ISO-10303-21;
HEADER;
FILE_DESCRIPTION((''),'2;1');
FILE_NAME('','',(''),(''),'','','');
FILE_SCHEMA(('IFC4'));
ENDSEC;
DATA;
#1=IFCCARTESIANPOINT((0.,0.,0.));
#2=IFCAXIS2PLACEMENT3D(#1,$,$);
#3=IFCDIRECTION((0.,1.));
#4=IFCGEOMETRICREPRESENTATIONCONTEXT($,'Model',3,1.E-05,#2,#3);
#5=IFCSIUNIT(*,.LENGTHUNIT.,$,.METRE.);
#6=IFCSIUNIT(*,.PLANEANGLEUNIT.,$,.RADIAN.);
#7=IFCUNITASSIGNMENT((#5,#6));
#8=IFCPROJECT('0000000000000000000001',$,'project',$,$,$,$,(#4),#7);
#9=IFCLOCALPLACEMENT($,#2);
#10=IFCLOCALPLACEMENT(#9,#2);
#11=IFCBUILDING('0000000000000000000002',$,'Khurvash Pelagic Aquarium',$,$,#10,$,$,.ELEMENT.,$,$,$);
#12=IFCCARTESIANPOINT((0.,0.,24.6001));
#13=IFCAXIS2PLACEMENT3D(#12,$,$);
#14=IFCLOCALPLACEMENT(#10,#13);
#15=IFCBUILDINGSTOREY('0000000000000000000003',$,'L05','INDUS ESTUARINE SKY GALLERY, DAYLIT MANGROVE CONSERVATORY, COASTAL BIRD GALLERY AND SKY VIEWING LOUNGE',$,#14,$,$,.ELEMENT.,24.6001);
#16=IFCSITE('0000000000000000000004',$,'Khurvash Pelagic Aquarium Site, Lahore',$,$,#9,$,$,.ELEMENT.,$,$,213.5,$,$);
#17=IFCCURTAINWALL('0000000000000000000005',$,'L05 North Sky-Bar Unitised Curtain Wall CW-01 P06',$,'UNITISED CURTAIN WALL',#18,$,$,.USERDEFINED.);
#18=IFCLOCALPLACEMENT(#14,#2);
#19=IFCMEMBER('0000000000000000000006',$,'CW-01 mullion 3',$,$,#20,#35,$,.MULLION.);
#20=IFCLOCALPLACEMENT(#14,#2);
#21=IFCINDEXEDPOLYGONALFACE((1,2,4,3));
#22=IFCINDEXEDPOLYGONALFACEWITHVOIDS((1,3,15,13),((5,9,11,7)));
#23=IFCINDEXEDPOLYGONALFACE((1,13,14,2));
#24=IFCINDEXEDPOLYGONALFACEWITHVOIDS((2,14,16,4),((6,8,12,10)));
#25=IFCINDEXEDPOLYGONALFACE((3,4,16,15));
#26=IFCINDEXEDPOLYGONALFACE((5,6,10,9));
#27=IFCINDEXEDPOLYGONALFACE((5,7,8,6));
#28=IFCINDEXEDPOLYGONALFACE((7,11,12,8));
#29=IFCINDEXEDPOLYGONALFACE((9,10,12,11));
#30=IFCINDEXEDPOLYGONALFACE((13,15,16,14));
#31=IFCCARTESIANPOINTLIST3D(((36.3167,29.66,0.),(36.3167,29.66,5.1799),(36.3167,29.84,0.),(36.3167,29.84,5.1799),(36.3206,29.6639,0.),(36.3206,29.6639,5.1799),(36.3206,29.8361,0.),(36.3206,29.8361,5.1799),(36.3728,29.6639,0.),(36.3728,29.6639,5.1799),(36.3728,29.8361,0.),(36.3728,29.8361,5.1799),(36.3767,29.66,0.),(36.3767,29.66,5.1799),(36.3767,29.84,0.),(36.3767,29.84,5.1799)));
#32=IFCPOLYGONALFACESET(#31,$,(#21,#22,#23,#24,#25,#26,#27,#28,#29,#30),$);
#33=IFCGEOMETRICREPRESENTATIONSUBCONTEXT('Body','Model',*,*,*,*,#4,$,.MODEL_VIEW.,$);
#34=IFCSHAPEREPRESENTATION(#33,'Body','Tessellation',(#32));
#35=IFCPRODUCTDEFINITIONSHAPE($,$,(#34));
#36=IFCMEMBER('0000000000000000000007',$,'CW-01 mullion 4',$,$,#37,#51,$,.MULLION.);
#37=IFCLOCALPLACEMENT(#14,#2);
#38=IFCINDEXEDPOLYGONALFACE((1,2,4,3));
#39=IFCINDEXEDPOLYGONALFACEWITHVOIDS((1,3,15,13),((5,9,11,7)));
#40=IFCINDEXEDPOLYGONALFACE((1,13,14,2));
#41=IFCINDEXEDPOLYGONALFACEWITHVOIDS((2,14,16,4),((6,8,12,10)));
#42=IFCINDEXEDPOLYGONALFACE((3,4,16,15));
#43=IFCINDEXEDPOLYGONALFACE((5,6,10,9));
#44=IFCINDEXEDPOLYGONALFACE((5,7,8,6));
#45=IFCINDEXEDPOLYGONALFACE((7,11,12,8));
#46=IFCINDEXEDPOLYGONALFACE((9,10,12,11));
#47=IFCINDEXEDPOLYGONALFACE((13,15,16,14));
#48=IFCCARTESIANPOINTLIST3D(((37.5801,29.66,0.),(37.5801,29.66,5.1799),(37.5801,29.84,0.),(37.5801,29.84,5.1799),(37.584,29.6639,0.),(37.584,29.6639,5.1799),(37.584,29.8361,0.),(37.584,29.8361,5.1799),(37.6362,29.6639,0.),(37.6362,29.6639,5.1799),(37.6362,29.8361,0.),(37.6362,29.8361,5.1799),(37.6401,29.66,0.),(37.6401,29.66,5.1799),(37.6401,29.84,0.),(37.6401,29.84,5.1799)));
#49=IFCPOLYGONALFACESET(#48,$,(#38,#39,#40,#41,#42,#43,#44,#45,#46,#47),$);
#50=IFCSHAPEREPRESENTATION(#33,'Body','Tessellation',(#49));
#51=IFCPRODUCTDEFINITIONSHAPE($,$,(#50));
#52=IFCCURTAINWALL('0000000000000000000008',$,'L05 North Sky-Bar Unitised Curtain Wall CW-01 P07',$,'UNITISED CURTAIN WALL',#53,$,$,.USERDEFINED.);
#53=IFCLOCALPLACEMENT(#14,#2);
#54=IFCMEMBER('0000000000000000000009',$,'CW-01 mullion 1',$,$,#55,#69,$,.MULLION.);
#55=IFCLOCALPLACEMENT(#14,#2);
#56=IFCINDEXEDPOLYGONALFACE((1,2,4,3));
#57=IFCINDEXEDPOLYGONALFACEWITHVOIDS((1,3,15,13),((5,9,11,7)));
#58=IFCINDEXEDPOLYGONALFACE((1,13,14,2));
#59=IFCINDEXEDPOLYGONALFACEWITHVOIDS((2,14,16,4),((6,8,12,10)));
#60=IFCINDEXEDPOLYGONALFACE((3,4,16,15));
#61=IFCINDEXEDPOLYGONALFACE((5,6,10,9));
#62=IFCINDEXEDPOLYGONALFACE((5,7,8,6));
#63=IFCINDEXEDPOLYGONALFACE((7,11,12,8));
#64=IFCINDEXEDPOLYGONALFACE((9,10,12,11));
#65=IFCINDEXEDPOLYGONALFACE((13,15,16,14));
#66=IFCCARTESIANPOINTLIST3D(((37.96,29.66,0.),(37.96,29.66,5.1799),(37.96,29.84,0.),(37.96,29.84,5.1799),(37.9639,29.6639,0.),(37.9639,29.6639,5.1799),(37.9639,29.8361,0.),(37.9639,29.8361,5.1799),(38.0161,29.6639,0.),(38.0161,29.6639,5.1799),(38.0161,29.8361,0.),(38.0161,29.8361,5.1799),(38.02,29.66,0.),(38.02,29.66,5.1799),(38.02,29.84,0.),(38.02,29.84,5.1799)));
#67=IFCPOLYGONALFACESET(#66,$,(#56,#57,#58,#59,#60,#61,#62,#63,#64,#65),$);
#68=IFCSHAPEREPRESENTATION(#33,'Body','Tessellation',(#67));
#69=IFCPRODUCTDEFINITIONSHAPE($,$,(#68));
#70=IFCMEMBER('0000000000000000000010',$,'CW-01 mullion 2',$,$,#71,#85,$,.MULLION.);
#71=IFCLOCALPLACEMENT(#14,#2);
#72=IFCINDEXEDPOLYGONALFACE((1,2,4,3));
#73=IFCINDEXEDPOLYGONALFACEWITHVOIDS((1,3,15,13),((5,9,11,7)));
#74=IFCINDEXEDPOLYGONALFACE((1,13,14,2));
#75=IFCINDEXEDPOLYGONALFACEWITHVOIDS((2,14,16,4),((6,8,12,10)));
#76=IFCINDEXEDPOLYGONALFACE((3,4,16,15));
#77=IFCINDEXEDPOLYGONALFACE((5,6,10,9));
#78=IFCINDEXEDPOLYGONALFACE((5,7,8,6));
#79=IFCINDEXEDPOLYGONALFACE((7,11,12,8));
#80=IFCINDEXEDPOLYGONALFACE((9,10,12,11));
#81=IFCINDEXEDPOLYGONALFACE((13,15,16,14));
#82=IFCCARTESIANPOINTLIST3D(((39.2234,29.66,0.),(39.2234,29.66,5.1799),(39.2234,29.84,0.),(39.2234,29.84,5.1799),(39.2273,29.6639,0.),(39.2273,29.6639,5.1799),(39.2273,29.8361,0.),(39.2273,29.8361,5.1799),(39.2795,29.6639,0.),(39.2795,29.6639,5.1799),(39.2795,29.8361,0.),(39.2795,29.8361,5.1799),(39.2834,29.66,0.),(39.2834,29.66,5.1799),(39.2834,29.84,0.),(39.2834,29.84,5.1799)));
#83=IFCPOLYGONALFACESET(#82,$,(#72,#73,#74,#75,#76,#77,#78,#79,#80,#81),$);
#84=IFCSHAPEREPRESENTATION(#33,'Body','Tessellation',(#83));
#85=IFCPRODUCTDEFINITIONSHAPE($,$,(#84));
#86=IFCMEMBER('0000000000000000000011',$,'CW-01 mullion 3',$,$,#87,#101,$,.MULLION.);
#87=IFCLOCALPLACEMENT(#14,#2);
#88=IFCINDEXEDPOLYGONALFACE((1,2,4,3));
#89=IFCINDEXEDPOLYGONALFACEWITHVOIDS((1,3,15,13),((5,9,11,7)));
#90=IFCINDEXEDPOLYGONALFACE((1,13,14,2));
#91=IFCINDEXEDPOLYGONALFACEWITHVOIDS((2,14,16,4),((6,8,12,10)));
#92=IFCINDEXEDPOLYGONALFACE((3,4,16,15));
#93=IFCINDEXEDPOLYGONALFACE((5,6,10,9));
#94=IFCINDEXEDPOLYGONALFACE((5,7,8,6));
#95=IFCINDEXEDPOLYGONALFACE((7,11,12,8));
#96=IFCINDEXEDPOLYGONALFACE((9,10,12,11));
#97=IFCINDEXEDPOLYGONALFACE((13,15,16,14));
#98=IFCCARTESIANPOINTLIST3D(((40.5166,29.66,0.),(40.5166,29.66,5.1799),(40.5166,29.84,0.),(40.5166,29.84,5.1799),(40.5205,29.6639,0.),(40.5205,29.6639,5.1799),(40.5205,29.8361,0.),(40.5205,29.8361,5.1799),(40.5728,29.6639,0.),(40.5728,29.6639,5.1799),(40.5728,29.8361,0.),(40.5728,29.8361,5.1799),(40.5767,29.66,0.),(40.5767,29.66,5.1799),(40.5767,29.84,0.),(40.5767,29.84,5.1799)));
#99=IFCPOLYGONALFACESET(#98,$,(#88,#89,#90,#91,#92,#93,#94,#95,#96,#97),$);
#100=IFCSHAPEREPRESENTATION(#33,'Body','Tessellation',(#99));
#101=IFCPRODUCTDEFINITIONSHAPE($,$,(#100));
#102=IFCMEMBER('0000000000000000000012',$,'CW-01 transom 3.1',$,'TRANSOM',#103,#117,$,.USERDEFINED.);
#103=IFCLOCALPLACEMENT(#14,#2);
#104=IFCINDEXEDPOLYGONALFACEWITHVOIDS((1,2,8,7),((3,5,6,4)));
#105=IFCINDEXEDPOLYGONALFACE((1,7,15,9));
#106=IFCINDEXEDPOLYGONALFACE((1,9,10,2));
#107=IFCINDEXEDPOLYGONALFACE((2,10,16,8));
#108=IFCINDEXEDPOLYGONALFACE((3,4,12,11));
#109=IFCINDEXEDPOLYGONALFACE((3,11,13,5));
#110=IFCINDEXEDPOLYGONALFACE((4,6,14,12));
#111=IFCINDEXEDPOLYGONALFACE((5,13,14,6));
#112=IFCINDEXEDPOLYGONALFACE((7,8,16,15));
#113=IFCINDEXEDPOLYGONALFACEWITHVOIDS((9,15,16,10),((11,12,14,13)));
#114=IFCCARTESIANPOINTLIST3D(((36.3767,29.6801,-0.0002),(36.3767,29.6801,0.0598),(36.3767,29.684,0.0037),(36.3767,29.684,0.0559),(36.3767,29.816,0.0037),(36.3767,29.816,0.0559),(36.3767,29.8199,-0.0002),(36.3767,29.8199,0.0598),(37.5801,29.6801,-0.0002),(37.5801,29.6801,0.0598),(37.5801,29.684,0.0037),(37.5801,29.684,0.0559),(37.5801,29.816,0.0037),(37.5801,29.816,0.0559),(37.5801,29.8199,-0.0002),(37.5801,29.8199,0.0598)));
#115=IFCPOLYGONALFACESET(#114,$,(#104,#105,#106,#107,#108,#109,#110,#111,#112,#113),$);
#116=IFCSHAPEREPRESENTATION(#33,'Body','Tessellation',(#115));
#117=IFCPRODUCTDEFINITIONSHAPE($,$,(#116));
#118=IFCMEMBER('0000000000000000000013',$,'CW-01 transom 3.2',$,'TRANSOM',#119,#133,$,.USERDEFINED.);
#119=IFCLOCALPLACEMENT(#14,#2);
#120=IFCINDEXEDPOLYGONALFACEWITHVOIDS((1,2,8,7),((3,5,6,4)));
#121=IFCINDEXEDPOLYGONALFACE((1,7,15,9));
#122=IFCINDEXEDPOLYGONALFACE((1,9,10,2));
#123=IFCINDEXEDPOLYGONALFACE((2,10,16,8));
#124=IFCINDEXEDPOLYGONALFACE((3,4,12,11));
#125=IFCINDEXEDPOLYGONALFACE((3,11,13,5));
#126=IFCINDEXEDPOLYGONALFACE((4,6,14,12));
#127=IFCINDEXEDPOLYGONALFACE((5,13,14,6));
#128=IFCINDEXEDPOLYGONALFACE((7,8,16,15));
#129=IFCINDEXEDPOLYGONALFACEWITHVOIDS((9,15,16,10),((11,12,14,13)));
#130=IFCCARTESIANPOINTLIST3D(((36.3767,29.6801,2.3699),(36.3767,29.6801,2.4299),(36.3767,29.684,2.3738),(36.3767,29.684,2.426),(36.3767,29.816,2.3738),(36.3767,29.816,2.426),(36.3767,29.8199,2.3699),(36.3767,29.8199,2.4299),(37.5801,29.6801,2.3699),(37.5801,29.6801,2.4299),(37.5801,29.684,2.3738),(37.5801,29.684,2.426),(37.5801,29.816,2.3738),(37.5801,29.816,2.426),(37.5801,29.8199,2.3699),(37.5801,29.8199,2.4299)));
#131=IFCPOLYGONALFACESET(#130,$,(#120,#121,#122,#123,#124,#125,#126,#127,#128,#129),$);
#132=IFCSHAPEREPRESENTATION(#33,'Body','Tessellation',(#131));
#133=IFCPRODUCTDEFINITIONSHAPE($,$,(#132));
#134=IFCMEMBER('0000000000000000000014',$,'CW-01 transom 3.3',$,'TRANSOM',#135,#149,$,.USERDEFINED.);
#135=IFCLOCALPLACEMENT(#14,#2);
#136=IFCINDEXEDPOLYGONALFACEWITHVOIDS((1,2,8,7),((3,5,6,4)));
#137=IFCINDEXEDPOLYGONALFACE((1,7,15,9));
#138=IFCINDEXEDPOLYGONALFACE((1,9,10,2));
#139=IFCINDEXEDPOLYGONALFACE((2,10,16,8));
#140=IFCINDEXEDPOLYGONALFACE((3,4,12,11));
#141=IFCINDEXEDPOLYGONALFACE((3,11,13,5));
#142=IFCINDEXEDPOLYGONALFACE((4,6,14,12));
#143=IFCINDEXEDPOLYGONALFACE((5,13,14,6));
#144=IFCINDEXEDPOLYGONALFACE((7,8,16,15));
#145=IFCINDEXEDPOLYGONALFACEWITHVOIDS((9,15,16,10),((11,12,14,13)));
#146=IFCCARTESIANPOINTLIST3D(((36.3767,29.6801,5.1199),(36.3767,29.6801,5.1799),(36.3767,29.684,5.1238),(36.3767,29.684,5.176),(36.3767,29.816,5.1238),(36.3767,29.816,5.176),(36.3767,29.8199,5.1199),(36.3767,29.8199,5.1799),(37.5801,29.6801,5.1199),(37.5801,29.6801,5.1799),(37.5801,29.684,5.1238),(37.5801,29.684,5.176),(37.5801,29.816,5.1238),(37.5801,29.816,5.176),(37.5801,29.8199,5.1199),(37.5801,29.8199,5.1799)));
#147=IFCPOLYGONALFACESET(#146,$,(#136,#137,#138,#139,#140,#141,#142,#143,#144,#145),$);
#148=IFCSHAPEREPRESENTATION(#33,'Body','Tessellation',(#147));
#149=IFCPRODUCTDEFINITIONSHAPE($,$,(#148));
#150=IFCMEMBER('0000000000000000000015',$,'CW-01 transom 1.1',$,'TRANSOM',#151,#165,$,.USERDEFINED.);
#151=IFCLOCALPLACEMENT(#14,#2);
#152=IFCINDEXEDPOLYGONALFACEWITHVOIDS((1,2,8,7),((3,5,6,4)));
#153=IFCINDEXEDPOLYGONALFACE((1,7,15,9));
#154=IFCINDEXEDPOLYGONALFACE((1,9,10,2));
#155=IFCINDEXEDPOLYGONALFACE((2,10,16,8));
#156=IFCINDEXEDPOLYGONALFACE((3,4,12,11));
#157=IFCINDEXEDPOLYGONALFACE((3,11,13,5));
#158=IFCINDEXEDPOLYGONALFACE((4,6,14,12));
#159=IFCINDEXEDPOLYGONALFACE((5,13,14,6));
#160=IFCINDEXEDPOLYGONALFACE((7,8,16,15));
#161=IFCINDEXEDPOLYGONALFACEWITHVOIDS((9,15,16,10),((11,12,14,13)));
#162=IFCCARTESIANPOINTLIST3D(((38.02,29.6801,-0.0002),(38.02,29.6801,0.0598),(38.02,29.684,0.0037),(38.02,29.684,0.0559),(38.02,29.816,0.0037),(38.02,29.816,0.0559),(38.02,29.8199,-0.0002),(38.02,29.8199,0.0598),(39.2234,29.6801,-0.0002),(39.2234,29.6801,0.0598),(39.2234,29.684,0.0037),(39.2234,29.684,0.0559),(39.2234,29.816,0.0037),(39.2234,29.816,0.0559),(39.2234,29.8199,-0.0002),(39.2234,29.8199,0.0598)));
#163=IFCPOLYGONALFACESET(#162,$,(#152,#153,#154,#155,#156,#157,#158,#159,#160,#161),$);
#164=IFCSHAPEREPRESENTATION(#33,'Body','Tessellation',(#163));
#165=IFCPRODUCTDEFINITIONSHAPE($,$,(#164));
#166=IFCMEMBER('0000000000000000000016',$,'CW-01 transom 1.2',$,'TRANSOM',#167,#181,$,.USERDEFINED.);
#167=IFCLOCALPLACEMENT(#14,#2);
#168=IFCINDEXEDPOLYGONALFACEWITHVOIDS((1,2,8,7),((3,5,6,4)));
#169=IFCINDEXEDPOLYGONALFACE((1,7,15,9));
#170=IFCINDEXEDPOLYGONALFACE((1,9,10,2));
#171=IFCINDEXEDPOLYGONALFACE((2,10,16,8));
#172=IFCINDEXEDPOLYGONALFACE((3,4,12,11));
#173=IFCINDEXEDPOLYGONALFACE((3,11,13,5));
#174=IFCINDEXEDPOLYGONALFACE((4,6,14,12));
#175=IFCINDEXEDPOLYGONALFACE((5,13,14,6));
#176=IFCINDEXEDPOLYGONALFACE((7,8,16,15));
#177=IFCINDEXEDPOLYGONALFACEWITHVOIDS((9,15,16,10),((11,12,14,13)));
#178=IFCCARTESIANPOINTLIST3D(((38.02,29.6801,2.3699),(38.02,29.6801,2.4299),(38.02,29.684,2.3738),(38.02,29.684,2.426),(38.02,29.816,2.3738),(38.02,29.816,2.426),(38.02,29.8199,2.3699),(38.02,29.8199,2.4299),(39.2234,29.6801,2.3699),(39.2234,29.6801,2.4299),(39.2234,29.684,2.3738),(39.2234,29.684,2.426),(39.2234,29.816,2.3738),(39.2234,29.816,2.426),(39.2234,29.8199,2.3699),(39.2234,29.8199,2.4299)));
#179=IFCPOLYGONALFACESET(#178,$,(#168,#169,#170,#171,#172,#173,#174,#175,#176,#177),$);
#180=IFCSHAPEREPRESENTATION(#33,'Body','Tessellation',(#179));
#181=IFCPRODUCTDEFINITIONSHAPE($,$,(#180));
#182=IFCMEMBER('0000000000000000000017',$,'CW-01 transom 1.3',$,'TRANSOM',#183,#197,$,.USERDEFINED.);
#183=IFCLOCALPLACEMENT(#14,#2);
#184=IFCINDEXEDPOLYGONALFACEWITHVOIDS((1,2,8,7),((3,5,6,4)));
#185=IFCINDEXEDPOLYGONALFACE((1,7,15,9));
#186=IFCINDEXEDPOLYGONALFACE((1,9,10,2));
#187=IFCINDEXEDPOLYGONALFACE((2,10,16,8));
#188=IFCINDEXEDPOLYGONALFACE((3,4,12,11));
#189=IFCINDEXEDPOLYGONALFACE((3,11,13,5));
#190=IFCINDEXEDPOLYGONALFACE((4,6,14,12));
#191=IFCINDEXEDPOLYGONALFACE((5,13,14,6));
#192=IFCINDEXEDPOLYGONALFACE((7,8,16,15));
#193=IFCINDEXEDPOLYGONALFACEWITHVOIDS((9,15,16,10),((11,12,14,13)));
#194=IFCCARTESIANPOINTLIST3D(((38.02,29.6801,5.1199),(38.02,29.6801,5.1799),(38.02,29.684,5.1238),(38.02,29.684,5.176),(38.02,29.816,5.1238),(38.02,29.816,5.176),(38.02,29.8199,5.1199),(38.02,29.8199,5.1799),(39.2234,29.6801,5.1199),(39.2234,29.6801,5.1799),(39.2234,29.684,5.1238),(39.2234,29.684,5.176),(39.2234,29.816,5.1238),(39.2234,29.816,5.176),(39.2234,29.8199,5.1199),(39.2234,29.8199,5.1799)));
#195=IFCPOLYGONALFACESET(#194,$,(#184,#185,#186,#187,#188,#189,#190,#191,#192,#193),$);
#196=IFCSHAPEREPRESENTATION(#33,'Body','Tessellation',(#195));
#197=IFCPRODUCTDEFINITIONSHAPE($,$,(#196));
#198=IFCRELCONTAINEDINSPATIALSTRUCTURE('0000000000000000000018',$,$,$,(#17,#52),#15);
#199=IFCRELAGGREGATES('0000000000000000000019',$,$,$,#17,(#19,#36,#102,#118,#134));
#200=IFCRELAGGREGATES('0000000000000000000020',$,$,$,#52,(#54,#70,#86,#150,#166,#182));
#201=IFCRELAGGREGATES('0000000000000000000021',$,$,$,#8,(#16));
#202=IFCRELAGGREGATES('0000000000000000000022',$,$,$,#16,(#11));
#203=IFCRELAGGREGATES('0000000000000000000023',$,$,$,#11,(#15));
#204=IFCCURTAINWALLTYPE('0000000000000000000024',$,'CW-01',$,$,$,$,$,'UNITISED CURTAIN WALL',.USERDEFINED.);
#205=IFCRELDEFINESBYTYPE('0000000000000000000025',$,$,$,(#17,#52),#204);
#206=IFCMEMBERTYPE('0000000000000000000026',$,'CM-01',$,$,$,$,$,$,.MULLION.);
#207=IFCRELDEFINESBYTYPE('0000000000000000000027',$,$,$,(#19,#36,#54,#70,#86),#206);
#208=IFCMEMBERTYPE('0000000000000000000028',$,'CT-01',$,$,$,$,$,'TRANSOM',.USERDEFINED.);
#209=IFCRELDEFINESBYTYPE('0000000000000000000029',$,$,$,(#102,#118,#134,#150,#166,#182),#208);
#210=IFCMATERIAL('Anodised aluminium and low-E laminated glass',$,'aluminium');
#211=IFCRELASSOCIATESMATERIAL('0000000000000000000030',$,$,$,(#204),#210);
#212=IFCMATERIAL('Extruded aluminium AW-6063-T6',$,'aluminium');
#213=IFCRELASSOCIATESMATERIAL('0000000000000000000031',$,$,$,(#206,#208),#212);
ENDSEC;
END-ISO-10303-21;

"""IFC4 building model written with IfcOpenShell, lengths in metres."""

from ifc_helpers import new_model, si_unit, direction, frame, origin, origin_2d, place, context, subcontext, project, spatial, hollow_rectangle, extrude, material, material_profile, profile_set, type_object, element, aggregate, save


model = new_model("IFC4")

# Units and contexts
model_context = context("Model", 3, precision=1e-05, world=origin(), true_north=direction((0.0, 1.0)))
body_context = subcontext(model_context, "Body", "Model", "MODEL_VIEW")
ifc_project = project(units=[si_unit("LENGTHUNIT", "METRE"), si_unit("PLANEANGLEUNIT", "RADIAN")], contexts=[model_context])

# Site, building, storey
site_placement = place(None, origin())
site = spatial("IfcSite", under=ifc_project, at=site_placement, Name="Khurvash Pelagic Aquarium Site, Lahore", CompositionType="ELEMENT", RefElevation=213.5)
building_placement = place(site_placement, origin())
building = spatial("IfcBuilding", under=site, at=building_placement, Name="Khurvash Pelagic Aquarium", CompositionType="ELEMENT")
storey_placement = place(building_placement, frame((0.0, 0.0, 24.6001)))
storey = spatial("IfcBuildingStorey", under=building, at=storey_placement, Name="L05", Description="INDUS ESTUARINE SKY GALLERY, DAYLIT MANGROVE CONSERVATORY, COASTAL BIRD GALLERY AND SKY VIEWING LOUNGE", CompositionType="ELEMENT", Elevation=24.6001)

# Curtain walls, members
ifc_material_1 = material(Name="Anodised aluminium and low-E laminated glass", Category="aluminium")
curtain_wall_type = type_object("IfcCurtainWallType", Name="CW-01", ElementType="UNITISED CURTAIN WALL", PredefinedType="USERDEFINED", material=ifc_material_1)
curtain_wall_1_placement = place(storey_placement, origin())
curtain_wall_1 = element("IfcCurtainWall", 1, at=curtain_wall_1_placement, inside=storey, type_object=curtain_wall_type, Name="L05 North Sky-Bar Unitised Curtain Wall CW-01 P06", ObjectType="UNITISED CURTAIN WALL", PredefinedType="USERDEFINED")
ifc_material_2 = material(Name="Extruded aluminium AW-6063-T6", Category="aluminium")
ifc_material_profile_1 = material_profile(ifc_material_2, hollow_rectangle(XDim=0.0601, YDim=0.1799, WallThickness=0.0039, at=origin_2d()), Name="CWM60X180X4")
ifc_profile_set_1 = profile_set([ifc_material_profile_1], Name="Extruded aluminium AW-6063-T6")
member_type_1 = type_object("IfcMemberType", Name="CM-01", PredefinedType="MULLION", material=ifc_profile_set_1)
member_1_placement = place(storey_placement, frame((36.3467, 29.75, 0.0), z_axis=(0.0, 0.0, 1.0), x_axis=(1.0, 0.0, 0.0)))
member_1 = element("IfcMember", 2, at=member_1_placement, type_object=member_type_1, Name="CW-01 mullion 3", PredefinedType="MULLION", context=body_context, shape_type="SweptSolid", body=[
    extrude(hollow_rectangle(XDim=0.0601, YDim=0.1799, WallThickness=0.0039, at=origin_2d()), origin(), (0.0, 0.0, 1.0), 5.1799),
])
member_2_placement = place(storey_placement, frame((37.6101, 29.75, 0.0), z_axis=(0.0, 0.0, 1.0), x_axis=(1.0, 0.0, 0.0)))
member_2 = element("IfcMember", 3, at=member_2_placement, type_object=member_type_1, Name="CW-01 mullion 4", PredefinedType="MULLION", context=body_context, shape_type="SweptSolid", body=[
    extrude(hollow_rectangle(XDim=0.0601, YDim=0.1799, WallThickness=0.0039, at=origin_2d()), origin(), (0.0, 0.0, 1.0), 5.1799),
])
curtain_wall_2_placement = place(storey_placement, origin())
curtain_wall_2 = element("IfcCurtainWall", 4, at=curtain_wall_2_placement, inside=storey, type_object=curtain_wall_type, Name="L05 North Sky-Bar Unitised Curtain Wall CW-01 P07", ObjectType="UNITISED CURTAIN WALL", PredefinedType="USERDEFINED")
member_3_placement = place(storey_placement, frame((37.99, 29.75, 0.0), z_axis=(0.0, 0.0, 1.0), x_axis=(1.0, 0.0, 0.0)))
member_3 = element("IfcMember", 5, at=member_3_placement, type_object=member_type_1, Name="CW-01 mullion 1", PredefinedType="MULLION", context=body_context, shape_type="SweptSolid", body=[
    extrude(hollow_rectangle(XDim=0.0601, YDim=0.1799, WallThickness=0.0039, at=origin_2d()), origin(), (0.0, 0.0, 1.0), 5.1799),
])
member_4_placement = place(storey_placement, frame((39.2534, 29.75, 0.0), z_axis=(0.0, 0.0, 1.0), x_axis=(1.0, 0.0, 0.0)))
member_4 = element("IfcMember", 6, at=member_4_placement, type_object=member_type_1, Name="CW-01 mullion 2", PredefinedType="MULLION", context=body_context, shape_type="SweptSolid", body=[
    extrude(hollow_rectangle(XDim=0.0601, YDim=0.1799, WallThickness=0.0039, at=origin_2d()), origin(), (0.0, 0.0, 1.0), 5.1799),
])
member_5_placement = place(storey_placement, frame((40.5466, 29.75, 0.0), z_axis=(0.0, 0.0, 1.0), x_axis=(1.0, 0.0, 0.0)))
member_5 = element("IfcMember", 7, at=member_5_placement, type_object=member_type_1, Name="CW-01 mullion 3", PredefinedType="MULLION", context=body_context, shape_type="SweptSolid", body=[
    extrude(hollow_rectangle(XDim=0.0601, YDim=0.1799, WallThickness=0.0039, at=origin_2d()), origin(), (0.0, 0.0, 1.0), 5.1799),
])

# Members
ifc_material_profile_2 = material_profile(ifc_material_2, hollow_rectangle(XDim=0.1399, YDim=0.0601, WallThickness=0.0039, at=origin_2d()), Name="CWT140X60X4")
ifc_profile_set_2 = profile_set([ifc_material_profile_2], Name="Extruded aluminium AW-6063-T6")
member_type_2 = type_object("IfcMemberType", Name="CT-01", ElementType="TRANSOM", PredefinedType="USERDEFINED", material=ifc_profile_set_2)
member_6_placement = place(storey_placement, frame((36.3767, 29.75, 0.0298), z_axis=(1.0, 0.0, 0.0), x_axis=(0.0, 1.0, 0.0)))
member_6 = element("IfcMember", 8, at=member_6_placement, type_object=member_type_2, Name="CW-01 transom 3.1", ObjectType="TRANSOM", PredefinedType="USERDEFINED", context=body_context, shape_type="SweptSolid", body=[
    extrude(hollow_rectangle(XDim=0.1399, YDim=0.0601, WallThickness=0.0039, at=origin_2d()), origin(), (0.0, 0.0, 1.0), 1.2034),
])
member_7_placement = place(storey_placement, frame((36.3767, 29.75, 2.3999), z_axis=(1.0, 0.0, 0.0), x_axis=(0.0, 1.0, 0.0)))
member_7 = element("IfcMember", 9, at=member_7_placement, type_object=member_type_2, Name="CW-01 transom 3.2", ObjectType="TRANSOM", PredefinedType="USERDEFINED", context=body_context, shape_type="SweptSolid", body=[
    extrude(hollow_rectangle(XDim=0.1399, YDim=0.0601, WallThickness=0.0039, at=origin_2d()), origin(), (0.0, 0.0, 1.0), 1.2034),
])
member_8_placement = place(storey_placement, frame((36.3767, 29.75, 5.1499), z_axis=(1.0, 0.0, 0.0), x_axis=(0.0, 1.0, 0.0)))
member_8 = element("IfcMember", 10, at=member_8_placement, type_object=member_type_2, Name="CW-01 transom 3.3", ObjectType="TRANSOM", PredefinedType="USERDEFINED", context=body_context, shape_type="SweptSolid", body=[
    extrude(hollow_rectangle(XDim=0.1399, YDim=0.0601, WallThickness=0.0039, at=origin_2d()), origin(), (0.0, 0.0, 1.0), 1.2034),
])
member_9_placement = place(storey_placement, frame((38.02, 29.75, 0.0298), z_axis=(1.0, 0.0, 0.0), x_axis=(0.0, 1.0, 0.0)))
member_9 = element("IfcMember", 11, at=member_9_placement, type_object=member_type_2, Name="CW-01 transom 1.1", ObjectType="TRANSOM", PredefinedType="USERDEFINED", context=body_context, shape_type="SweptSolid", body=[
    extrude(hollow_rectangle(XDim=0.1399, YDim=0.0601, WallThickness=0.0039, at=origin_2d()), origin(), (0.0, 0.0, 1.0), 1.2034),
])
member_10_placement = place(storey_placement, frame((38.02, 29.75, 2.3999), z_axis=(1.0, 0.0, 0.0), x_axis=(0.0, 1.0, 0.0)))
member_10 = element("IfcMember", 12, at=member_10_placement, type_object=member_type_2, Name="CW-01 transom 1.2", ObjectType="TRANSOM", PredefinedType="USERDEFINED", context=body_context, shape_type="SweptSolid", body=[
    extrude(hollow_rectangle(XDim=0.1399, YDim=0.0601, WallThickness=0.0039, at=origin_2d()), origin(), (0.0, 0.0, 1.0), 1.2034),
])
member_11_placement = place(storey_placement, frame((38.02, 29.75, 5.1499), z_axis=(1.0, 0.0, 0.0), x_axis=(0.0, 1.0, 0.0)))
member_11 = element("IfcMember", 13, at=member_11_placement, type_object=member_type_2, Name="CW-01 transom 1.3", ObjectType="TRANSOM", PredefinedType="USERDEFINED", context=body_context, shape_type="SweptSolid", body=[
    extrude(hollow_rectangle(XDim=0.1399, YDim=0.0601, WallThickness=0.0039, at=origin_2d()), origin(), (0.0, 0.0, 1.0), 1.2034),
])

aggregate(curtain_wall_1, [member_1, member_2, member_6, member_7, member_8])
aggregate(curtain_wall_2, [member_3, member_4, member_5, member_9, member_10, member_11])

save(model, "model.ifc")
